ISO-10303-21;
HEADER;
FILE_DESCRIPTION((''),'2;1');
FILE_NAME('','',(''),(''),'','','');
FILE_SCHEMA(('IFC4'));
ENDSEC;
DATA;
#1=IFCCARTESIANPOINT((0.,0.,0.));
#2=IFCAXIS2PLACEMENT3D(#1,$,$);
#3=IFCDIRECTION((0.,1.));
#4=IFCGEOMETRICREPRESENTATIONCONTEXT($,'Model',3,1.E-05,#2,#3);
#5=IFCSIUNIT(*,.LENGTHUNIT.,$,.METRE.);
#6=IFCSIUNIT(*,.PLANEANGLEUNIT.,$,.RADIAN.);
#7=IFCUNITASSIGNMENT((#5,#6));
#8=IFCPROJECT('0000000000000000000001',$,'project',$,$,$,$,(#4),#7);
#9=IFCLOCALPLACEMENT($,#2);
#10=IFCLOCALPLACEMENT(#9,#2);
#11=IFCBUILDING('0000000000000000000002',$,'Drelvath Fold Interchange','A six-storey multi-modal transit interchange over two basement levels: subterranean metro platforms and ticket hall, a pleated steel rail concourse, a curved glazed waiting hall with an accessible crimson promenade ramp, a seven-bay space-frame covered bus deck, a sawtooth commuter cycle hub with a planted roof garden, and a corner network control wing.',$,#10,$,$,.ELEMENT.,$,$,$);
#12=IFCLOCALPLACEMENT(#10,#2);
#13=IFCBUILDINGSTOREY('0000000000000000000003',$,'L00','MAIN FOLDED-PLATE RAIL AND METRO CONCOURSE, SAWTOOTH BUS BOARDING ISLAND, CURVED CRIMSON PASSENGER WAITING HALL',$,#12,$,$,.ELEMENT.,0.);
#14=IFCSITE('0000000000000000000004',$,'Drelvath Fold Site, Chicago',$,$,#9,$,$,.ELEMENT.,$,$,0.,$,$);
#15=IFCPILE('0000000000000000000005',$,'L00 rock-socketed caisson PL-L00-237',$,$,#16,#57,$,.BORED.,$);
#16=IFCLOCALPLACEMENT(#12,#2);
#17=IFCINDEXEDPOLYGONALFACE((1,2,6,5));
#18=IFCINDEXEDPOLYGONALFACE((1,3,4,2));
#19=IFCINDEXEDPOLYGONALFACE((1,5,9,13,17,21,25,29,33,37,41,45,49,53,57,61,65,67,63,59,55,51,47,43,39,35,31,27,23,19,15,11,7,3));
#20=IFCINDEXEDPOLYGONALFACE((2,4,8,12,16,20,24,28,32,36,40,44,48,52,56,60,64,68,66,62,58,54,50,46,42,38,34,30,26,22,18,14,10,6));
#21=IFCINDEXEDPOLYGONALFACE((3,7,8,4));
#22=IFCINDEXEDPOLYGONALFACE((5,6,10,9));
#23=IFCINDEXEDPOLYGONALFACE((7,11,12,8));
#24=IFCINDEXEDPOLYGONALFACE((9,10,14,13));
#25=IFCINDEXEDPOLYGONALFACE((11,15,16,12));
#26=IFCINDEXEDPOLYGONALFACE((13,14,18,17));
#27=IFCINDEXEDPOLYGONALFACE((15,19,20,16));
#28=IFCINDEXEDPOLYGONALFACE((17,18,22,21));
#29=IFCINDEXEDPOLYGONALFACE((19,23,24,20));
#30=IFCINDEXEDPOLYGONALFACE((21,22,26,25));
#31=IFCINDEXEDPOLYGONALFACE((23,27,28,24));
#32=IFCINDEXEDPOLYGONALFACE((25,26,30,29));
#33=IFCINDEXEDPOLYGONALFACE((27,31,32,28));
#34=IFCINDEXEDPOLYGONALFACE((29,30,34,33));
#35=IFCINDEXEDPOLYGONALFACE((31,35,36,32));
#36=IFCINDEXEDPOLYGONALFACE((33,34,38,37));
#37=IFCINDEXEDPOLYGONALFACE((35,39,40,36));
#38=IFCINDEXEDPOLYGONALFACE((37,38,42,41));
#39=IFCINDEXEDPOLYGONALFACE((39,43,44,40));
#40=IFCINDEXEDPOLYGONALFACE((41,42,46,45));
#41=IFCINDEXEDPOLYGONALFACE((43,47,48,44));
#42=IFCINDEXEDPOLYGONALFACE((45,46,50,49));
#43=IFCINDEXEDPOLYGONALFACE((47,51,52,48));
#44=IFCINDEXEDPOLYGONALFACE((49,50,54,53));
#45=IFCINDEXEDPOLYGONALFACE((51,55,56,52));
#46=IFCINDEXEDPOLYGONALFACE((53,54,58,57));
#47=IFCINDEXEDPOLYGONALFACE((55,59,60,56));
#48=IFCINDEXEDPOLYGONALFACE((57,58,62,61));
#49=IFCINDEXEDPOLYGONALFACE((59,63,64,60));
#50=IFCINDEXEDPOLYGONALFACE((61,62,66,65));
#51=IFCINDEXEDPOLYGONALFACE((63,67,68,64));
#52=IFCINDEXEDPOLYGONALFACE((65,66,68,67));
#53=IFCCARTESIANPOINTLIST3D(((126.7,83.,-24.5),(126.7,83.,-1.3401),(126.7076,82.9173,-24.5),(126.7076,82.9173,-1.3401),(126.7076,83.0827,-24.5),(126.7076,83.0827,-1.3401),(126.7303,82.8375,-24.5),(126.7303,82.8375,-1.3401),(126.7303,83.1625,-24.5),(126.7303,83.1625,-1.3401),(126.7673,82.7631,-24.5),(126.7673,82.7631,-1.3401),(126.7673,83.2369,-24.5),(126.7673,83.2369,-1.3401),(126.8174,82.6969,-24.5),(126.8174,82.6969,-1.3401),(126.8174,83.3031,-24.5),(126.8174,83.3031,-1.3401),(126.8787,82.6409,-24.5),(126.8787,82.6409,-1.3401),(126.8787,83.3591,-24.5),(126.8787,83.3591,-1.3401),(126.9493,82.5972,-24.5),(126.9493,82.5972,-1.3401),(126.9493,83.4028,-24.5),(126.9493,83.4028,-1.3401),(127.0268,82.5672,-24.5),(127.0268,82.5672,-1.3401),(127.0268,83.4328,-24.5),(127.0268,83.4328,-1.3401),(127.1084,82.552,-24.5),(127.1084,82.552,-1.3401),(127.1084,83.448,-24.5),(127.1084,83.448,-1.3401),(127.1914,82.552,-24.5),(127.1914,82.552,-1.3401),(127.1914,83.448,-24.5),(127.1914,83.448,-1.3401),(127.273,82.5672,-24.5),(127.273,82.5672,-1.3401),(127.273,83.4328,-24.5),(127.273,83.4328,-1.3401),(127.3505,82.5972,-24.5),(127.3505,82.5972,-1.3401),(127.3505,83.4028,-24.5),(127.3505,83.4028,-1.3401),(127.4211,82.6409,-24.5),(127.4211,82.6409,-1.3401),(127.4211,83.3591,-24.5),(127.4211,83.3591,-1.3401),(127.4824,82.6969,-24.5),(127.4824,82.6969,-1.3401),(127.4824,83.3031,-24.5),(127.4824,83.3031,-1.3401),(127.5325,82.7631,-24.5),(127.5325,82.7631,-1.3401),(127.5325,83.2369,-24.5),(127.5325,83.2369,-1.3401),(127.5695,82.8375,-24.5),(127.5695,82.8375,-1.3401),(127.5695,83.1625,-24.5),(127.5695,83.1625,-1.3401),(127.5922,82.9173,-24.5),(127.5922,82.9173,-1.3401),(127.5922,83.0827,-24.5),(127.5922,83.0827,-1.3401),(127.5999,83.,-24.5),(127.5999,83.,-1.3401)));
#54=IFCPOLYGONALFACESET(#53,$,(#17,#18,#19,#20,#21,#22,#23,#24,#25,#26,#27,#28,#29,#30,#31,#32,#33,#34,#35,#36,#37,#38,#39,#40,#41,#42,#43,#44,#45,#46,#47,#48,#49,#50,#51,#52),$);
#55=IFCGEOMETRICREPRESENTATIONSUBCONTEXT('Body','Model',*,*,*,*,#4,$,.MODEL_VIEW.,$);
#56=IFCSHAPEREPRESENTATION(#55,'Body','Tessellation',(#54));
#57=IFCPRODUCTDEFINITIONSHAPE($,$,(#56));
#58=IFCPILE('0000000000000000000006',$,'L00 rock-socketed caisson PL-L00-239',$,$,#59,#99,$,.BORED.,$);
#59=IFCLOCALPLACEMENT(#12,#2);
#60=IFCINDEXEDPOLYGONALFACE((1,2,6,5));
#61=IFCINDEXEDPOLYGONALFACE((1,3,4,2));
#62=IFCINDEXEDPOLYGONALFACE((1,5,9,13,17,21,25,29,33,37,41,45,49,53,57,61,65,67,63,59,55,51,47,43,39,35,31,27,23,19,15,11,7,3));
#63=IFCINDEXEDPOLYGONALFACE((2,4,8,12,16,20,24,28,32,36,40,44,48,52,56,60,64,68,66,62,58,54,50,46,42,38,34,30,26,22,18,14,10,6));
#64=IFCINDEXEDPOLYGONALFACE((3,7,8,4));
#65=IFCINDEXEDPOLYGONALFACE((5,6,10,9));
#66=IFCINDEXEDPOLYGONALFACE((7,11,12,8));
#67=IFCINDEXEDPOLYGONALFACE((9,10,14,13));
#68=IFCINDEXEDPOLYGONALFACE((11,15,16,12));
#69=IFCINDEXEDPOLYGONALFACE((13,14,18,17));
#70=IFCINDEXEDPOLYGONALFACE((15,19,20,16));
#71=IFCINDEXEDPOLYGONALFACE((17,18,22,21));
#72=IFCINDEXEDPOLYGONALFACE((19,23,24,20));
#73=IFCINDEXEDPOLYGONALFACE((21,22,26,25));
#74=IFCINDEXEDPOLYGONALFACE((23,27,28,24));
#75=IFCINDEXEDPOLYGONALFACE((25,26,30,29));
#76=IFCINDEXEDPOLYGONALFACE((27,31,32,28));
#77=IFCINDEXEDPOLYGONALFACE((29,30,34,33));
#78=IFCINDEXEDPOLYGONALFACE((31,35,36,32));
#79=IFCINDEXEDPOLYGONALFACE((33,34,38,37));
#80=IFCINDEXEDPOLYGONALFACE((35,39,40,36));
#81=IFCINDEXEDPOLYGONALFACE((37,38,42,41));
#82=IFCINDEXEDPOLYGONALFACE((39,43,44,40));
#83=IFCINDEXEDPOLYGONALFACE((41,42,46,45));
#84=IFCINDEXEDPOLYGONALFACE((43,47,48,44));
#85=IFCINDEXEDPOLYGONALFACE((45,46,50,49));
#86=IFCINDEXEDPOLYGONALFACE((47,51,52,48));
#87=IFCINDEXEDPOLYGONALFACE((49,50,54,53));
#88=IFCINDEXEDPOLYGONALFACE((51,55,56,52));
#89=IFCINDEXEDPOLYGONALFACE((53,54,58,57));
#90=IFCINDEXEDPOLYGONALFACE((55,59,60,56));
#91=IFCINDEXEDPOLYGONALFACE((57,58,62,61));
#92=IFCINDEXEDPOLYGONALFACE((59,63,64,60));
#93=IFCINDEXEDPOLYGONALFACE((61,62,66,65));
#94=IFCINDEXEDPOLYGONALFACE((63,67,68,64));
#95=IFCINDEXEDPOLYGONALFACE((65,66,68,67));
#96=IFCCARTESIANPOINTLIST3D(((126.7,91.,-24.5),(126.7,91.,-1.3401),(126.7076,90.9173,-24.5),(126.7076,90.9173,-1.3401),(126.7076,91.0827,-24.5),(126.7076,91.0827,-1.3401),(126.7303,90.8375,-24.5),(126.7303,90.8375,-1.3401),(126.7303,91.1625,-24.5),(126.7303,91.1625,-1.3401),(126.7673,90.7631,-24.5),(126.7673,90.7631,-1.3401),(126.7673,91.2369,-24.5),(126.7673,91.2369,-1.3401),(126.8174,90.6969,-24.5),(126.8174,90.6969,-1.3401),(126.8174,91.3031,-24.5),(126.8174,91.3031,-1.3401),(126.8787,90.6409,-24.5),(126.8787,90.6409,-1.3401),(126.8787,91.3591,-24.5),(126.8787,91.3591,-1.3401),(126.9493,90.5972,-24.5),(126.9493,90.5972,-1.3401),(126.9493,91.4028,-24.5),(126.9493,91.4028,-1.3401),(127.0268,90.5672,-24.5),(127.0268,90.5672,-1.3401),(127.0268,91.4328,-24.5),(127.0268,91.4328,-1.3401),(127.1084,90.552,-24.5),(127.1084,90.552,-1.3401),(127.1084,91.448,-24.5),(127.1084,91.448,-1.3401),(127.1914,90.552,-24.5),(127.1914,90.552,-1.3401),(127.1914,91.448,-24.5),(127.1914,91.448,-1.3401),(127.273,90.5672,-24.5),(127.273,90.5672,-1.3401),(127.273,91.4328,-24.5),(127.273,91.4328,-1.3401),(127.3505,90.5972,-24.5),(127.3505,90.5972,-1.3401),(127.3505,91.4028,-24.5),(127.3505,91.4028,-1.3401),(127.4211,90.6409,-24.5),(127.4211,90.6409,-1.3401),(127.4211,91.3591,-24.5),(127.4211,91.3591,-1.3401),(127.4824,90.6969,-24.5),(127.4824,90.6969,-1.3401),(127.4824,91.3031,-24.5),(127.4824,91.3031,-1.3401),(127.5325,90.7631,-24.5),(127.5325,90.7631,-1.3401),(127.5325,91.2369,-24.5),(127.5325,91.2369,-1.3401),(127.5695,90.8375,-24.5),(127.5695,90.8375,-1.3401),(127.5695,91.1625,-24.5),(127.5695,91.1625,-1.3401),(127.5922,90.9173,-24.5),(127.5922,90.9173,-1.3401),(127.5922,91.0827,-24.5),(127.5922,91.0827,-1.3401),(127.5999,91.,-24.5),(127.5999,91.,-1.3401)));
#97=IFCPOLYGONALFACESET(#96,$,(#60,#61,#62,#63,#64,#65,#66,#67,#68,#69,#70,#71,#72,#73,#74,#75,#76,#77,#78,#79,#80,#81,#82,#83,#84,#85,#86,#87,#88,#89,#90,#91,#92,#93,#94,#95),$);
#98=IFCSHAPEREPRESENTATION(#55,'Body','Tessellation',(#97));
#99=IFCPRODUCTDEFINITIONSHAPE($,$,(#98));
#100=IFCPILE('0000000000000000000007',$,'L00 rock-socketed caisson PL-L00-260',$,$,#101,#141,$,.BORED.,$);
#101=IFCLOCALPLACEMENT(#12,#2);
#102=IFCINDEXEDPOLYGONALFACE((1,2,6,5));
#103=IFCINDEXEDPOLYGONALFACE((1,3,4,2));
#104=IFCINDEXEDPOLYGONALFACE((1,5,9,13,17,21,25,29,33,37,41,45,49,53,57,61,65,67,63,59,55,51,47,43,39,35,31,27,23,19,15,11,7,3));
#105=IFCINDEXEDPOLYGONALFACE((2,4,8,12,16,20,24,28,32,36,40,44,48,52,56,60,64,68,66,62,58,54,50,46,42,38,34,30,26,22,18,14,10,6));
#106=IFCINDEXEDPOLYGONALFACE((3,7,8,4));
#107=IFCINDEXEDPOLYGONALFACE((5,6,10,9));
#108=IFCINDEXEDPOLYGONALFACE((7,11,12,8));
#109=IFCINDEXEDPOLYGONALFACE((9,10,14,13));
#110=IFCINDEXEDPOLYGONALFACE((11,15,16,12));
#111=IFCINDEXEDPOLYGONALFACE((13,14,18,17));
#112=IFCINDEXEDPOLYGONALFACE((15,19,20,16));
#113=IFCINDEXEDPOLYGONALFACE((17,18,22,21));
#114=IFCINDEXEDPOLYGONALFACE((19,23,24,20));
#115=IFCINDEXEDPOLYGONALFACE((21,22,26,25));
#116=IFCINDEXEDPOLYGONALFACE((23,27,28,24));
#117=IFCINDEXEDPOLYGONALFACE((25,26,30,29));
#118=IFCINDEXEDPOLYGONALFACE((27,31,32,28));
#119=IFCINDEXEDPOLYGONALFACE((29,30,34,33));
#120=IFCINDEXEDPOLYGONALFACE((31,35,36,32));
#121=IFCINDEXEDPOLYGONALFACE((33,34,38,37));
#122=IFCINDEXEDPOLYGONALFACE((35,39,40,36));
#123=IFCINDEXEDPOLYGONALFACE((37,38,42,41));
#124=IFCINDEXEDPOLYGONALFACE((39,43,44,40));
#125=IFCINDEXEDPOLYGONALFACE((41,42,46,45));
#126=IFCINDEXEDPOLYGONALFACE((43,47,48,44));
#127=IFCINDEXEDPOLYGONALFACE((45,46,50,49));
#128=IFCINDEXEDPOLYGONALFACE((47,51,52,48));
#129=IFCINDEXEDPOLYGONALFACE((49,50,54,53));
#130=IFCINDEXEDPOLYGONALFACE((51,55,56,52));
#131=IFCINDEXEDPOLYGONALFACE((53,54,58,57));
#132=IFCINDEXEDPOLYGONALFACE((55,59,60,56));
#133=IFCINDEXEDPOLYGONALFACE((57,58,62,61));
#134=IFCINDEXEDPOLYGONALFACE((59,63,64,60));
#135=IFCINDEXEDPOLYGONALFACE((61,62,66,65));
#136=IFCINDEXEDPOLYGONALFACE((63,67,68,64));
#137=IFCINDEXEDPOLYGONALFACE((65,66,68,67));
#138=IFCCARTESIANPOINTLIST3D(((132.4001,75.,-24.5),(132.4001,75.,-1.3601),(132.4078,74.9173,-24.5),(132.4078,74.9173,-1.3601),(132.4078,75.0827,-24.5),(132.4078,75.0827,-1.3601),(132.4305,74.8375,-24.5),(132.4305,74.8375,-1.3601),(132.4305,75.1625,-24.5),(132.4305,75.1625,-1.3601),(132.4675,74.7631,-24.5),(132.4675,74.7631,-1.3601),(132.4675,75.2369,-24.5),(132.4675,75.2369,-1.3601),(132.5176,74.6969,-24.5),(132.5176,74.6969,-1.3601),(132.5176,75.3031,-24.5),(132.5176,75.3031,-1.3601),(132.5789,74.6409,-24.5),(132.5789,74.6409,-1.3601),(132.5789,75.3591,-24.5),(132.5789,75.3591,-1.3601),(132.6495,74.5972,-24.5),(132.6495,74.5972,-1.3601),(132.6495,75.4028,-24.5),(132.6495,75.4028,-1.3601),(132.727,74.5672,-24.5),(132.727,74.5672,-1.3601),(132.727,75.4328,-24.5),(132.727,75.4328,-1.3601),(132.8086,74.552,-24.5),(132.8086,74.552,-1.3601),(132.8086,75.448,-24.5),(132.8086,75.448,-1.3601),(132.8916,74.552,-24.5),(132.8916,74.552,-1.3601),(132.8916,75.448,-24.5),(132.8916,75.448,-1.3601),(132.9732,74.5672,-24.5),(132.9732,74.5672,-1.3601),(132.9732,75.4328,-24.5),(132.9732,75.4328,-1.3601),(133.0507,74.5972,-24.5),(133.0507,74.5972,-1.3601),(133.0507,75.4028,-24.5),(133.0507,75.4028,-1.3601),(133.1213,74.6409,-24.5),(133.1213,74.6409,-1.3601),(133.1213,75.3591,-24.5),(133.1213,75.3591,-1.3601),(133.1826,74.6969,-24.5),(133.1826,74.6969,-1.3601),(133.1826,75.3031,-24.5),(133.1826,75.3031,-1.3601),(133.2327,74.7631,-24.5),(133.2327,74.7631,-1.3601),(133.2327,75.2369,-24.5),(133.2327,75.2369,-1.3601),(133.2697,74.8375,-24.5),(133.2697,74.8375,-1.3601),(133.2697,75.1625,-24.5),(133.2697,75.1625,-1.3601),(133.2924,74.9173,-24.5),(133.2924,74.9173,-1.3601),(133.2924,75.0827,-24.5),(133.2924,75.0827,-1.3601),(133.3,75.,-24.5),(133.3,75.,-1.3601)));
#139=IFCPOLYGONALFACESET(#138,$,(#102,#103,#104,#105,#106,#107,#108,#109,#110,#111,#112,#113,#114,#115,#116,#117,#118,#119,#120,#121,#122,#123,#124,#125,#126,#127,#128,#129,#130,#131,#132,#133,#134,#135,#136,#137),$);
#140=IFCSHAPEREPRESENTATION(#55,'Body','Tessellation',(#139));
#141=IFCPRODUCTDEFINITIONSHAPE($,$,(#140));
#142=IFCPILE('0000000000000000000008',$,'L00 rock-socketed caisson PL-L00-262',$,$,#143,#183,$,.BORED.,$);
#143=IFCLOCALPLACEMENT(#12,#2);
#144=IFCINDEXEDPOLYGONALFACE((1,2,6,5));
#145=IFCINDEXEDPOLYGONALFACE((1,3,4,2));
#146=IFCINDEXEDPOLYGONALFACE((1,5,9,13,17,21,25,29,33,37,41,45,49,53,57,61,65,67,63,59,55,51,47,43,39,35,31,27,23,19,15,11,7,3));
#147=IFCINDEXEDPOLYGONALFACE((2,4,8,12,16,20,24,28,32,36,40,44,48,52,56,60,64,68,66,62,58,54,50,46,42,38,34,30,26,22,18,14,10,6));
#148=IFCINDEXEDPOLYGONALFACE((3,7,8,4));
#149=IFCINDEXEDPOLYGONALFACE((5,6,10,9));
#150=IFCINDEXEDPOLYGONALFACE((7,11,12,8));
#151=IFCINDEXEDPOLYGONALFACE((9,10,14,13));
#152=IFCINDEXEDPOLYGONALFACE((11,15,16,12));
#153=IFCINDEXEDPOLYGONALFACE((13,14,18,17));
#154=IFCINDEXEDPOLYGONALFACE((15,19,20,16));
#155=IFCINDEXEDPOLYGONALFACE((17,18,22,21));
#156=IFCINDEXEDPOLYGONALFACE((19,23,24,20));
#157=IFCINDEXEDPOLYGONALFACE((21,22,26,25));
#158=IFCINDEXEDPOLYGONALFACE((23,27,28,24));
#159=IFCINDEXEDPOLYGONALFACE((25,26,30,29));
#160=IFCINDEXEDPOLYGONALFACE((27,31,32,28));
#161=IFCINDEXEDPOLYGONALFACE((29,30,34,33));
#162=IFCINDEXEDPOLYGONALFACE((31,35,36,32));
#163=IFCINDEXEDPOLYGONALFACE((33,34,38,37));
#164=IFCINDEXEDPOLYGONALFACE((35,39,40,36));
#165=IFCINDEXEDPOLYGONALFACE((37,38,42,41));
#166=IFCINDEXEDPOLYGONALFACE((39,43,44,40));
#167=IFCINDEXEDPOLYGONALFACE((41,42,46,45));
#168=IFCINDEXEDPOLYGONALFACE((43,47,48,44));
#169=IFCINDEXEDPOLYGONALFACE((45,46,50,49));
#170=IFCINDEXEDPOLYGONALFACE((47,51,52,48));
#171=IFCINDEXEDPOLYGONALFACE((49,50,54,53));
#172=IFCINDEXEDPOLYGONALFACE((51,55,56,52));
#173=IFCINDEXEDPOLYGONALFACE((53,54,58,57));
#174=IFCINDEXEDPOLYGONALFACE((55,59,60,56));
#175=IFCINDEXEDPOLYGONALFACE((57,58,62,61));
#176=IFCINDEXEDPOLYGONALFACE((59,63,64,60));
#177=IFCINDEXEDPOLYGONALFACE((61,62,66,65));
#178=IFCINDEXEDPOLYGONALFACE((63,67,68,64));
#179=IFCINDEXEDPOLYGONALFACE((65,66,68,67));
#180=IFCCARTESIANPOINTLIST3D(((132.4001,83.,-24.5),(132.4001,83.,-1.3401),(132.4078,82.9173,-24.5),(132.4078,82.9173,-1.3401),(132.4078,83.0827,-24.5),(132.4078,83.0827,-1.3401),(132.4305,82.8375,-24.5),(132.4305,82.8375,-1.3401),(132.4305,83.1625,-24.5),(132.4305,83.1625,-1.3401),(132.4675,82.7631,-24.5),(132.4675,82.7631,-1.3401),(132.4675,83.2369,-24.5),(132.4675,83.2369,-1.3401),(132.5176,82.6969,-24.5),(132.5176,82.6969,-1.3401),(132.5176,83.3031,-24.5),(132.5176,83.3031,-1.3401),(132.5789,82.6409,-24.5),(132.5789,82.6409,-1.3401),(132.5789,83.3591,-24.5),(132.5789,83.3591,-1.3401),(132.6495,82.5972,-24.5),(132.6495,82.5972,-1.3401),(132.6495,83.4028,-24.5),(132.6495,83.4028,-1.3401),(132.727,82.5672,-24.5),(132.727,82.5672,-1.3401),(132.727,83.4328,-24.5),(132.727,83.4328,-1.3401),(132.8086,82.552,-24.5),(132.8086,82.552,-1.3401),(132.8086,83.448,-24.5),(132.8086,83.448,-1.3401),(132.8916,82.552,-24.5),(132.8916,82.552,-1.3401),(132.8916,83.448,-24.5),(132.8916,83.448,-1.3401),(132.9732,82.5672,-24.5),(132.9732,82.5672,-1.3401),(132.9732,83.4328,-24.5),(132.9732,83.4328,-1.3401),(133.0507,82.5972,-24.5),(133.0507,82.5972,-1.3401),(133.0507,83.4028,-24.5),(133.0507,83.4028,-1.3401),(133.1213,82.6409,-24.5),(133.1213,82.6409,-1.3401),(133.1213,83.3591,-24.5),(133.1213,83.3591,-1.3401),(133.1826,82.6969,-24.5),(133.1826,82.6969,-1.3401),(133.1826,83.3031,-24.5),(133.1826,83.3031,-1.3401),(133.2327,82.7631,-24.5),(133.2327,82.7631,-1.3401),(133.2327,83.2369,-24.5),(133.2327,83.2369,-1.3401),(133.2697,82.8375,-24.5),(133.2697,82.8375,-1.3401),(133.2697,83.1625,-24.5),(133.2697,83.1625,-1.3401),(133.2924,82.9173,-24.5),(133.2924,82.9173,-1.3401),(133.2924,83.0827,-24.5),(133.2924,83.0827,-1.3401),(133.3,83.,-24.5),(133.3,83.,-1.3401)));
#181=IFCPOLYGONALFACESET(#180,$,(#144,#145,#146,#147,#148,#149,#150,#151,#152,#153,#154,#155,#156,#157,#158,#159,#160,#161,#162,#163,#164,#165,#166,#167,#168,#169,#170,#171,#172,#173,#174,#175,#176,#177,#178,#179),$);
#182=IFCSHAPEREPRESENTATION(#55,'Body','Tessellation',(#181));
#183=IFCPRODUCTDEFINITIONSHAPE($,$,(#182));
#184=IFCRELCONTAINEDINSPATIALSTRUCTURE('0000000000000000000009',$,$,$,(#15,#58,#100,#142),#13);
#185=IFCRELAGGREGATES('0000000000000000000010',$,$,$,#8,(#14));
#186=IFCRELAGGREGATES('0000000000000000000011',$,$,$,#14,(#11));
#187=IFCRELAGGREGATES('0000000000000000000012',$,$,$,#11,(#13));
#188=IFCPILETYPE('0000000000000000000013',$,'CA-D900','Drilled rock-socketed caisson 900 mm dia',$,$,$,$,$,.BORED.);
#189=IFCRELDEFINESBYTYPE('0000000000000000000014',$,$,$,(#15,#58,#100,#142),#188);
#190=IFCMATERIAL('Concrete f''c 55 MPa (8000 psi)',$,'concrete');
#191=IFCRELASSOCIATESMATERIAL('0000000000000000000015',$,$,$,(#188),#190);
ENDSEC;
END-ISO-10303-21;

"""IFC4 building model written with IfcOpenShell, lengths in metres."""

from ifc_helpers import new_model, si_unit, direction, frame, origin, origin_2d, place, context, subcontext, project, spatial, circle, extrude, material, material_profile, profile_set, type_object, element, save


model = new_model("IFC4")

# Units and contexts
model_context = context("Model", 3, precision=1e-05, world=origin(), true_north=direction((0.0, 1.0)))
body_context = subcontext(model_context, "Body", "Model", "MODEL_VIEW")
ifc_project = project(units=[si_unit("LENGTHUNIT", "METRE"), si_unit("PLANEANGLEUNIT", "RADIAN")], contexts=[model_context])

# Site, building, storey
site_placement = place(None, origin())
site = spatial("IfcSite", under=ifc_project, at=site_placement, Name="Drelvath Fold Site, Chicago", CompositionType="ELEMENT", RefElevation=0.0)
building_placement = place(site_placement, origin())
building = spatial("IfcBuilding", under=site, at=building_placement, Name="Drelvath Fold Interchange", Description="A six-storey multi-modal transit interchange over two basement levels: subterranean metro platforms and ticket hall, a pleated steel rail concourse, a curved glazed waiting hall with an accessible crimson promenade ramp, a seven-bay space-frame covered bus deck, a sawtooth commuter cycle hub with a planted roof garden, and a corner network control wing.", CompositionType="ELEMENT")
storey_placement = place(building_placement, origin())
storey = spatial("IfcBuildingStorey", under=building, at=storey_placement, Name="L00", Description="MAIN FOLDED-PLATE RAIL AND METRO CONCOURSE, SAWTOOTH BUS BOARDING ISLAND, CURVED CRIMSON PASSENGER WAITING HALL", CompositionType="ELEMENT", Elevation=0.0)

# Piles
ifc_material_1 = material(Name="Concrete f'c 55 MPa (8000 psi)", Category="concrete")
ifc_material_profile_1 = material_profile(ifc_material_1, circle(Radius=0.45, at=origin_2d()), Name="CAISSON D900")
ifc_profile_set_1 = profile_set([ifc_material_profile_1], Name="Concrete f'c 55 MPa (8000 psi)")
pile_type = type_object("IfcPileType", Name="CA-D900", Description="Drilled rock-socketed caisson 900 mm dia", PredefinedType="BORED", material=ifc_profile_set_1)
for number, where, z_axis, x_axis, name in (
    (1, (127.1499, 83.0, -1.3401), (0.0, 0.0, -1.0), (1.0, 0.0, 0.0), "L00 rock-socketed caisson PL-L00-237"),
    (2, (127.1499, 91.0, -1.3401), (0.0, 0.0, -1.0), (1.0, 0.0, 0.0), "L00 rock-socketed caisson PL-L00-239"),
):
    element("IfcPile", number, at=place(storey_placement, frame(where, z_axis=z_axis, x_axis=x_axis)), inside=storey, type_object=pile_type, Name=name, PredefinedType="BORED", context=body_context, shape_type="SweptSolid", body=[
        extrude(circle(Radius=0.45, at=origin_2d()), origin(), (0.0, 0.0, 1.0), 23.1599),
    ])
pile_placement = place(storey_placement, frame((132.8501, 75.0, -1.3601), z_axis=(0.0, 0.0, -1.0), x_axis=(1.0, 0.0, 0.0)))
element("IfcPile", 3, at=pile_placement, inside=storey, type_object=pile_type, Name="L00 rock-socketed caisson PL-L00-260", PredefinedType="BORED", context=body_context, shape_type="SweptSolid", body=[
    extrude(circle(Radius=0.45, at=origin_2d()), origin(), (0.0, 0.0, 1.0), 23.1399),
])
for number, where, z_axis, x_axis, name in (
    (4, (132.8501, 83.0, -1.3401), (0.0, 0.0, -1.0), (1.0, 0.0, 0.0), "L00 rock-socketed caisson PL-L00-262"),
):
    element("IfcPile", number, at=place(storey_placement, frame(where, z_axis=z_axis, x_axis=x_axis)), inside=storey, type_object=pile_type, Name=name, PredefinedType="BORED", context=body_context, shape_type="SweptSolid", body=[
        extrude(circle(Radius=0.45, at=origin_2d()), origin(), (0.0, 0.0, 1.0), 23.1599),
    ])

save(model, "model.ifc")
